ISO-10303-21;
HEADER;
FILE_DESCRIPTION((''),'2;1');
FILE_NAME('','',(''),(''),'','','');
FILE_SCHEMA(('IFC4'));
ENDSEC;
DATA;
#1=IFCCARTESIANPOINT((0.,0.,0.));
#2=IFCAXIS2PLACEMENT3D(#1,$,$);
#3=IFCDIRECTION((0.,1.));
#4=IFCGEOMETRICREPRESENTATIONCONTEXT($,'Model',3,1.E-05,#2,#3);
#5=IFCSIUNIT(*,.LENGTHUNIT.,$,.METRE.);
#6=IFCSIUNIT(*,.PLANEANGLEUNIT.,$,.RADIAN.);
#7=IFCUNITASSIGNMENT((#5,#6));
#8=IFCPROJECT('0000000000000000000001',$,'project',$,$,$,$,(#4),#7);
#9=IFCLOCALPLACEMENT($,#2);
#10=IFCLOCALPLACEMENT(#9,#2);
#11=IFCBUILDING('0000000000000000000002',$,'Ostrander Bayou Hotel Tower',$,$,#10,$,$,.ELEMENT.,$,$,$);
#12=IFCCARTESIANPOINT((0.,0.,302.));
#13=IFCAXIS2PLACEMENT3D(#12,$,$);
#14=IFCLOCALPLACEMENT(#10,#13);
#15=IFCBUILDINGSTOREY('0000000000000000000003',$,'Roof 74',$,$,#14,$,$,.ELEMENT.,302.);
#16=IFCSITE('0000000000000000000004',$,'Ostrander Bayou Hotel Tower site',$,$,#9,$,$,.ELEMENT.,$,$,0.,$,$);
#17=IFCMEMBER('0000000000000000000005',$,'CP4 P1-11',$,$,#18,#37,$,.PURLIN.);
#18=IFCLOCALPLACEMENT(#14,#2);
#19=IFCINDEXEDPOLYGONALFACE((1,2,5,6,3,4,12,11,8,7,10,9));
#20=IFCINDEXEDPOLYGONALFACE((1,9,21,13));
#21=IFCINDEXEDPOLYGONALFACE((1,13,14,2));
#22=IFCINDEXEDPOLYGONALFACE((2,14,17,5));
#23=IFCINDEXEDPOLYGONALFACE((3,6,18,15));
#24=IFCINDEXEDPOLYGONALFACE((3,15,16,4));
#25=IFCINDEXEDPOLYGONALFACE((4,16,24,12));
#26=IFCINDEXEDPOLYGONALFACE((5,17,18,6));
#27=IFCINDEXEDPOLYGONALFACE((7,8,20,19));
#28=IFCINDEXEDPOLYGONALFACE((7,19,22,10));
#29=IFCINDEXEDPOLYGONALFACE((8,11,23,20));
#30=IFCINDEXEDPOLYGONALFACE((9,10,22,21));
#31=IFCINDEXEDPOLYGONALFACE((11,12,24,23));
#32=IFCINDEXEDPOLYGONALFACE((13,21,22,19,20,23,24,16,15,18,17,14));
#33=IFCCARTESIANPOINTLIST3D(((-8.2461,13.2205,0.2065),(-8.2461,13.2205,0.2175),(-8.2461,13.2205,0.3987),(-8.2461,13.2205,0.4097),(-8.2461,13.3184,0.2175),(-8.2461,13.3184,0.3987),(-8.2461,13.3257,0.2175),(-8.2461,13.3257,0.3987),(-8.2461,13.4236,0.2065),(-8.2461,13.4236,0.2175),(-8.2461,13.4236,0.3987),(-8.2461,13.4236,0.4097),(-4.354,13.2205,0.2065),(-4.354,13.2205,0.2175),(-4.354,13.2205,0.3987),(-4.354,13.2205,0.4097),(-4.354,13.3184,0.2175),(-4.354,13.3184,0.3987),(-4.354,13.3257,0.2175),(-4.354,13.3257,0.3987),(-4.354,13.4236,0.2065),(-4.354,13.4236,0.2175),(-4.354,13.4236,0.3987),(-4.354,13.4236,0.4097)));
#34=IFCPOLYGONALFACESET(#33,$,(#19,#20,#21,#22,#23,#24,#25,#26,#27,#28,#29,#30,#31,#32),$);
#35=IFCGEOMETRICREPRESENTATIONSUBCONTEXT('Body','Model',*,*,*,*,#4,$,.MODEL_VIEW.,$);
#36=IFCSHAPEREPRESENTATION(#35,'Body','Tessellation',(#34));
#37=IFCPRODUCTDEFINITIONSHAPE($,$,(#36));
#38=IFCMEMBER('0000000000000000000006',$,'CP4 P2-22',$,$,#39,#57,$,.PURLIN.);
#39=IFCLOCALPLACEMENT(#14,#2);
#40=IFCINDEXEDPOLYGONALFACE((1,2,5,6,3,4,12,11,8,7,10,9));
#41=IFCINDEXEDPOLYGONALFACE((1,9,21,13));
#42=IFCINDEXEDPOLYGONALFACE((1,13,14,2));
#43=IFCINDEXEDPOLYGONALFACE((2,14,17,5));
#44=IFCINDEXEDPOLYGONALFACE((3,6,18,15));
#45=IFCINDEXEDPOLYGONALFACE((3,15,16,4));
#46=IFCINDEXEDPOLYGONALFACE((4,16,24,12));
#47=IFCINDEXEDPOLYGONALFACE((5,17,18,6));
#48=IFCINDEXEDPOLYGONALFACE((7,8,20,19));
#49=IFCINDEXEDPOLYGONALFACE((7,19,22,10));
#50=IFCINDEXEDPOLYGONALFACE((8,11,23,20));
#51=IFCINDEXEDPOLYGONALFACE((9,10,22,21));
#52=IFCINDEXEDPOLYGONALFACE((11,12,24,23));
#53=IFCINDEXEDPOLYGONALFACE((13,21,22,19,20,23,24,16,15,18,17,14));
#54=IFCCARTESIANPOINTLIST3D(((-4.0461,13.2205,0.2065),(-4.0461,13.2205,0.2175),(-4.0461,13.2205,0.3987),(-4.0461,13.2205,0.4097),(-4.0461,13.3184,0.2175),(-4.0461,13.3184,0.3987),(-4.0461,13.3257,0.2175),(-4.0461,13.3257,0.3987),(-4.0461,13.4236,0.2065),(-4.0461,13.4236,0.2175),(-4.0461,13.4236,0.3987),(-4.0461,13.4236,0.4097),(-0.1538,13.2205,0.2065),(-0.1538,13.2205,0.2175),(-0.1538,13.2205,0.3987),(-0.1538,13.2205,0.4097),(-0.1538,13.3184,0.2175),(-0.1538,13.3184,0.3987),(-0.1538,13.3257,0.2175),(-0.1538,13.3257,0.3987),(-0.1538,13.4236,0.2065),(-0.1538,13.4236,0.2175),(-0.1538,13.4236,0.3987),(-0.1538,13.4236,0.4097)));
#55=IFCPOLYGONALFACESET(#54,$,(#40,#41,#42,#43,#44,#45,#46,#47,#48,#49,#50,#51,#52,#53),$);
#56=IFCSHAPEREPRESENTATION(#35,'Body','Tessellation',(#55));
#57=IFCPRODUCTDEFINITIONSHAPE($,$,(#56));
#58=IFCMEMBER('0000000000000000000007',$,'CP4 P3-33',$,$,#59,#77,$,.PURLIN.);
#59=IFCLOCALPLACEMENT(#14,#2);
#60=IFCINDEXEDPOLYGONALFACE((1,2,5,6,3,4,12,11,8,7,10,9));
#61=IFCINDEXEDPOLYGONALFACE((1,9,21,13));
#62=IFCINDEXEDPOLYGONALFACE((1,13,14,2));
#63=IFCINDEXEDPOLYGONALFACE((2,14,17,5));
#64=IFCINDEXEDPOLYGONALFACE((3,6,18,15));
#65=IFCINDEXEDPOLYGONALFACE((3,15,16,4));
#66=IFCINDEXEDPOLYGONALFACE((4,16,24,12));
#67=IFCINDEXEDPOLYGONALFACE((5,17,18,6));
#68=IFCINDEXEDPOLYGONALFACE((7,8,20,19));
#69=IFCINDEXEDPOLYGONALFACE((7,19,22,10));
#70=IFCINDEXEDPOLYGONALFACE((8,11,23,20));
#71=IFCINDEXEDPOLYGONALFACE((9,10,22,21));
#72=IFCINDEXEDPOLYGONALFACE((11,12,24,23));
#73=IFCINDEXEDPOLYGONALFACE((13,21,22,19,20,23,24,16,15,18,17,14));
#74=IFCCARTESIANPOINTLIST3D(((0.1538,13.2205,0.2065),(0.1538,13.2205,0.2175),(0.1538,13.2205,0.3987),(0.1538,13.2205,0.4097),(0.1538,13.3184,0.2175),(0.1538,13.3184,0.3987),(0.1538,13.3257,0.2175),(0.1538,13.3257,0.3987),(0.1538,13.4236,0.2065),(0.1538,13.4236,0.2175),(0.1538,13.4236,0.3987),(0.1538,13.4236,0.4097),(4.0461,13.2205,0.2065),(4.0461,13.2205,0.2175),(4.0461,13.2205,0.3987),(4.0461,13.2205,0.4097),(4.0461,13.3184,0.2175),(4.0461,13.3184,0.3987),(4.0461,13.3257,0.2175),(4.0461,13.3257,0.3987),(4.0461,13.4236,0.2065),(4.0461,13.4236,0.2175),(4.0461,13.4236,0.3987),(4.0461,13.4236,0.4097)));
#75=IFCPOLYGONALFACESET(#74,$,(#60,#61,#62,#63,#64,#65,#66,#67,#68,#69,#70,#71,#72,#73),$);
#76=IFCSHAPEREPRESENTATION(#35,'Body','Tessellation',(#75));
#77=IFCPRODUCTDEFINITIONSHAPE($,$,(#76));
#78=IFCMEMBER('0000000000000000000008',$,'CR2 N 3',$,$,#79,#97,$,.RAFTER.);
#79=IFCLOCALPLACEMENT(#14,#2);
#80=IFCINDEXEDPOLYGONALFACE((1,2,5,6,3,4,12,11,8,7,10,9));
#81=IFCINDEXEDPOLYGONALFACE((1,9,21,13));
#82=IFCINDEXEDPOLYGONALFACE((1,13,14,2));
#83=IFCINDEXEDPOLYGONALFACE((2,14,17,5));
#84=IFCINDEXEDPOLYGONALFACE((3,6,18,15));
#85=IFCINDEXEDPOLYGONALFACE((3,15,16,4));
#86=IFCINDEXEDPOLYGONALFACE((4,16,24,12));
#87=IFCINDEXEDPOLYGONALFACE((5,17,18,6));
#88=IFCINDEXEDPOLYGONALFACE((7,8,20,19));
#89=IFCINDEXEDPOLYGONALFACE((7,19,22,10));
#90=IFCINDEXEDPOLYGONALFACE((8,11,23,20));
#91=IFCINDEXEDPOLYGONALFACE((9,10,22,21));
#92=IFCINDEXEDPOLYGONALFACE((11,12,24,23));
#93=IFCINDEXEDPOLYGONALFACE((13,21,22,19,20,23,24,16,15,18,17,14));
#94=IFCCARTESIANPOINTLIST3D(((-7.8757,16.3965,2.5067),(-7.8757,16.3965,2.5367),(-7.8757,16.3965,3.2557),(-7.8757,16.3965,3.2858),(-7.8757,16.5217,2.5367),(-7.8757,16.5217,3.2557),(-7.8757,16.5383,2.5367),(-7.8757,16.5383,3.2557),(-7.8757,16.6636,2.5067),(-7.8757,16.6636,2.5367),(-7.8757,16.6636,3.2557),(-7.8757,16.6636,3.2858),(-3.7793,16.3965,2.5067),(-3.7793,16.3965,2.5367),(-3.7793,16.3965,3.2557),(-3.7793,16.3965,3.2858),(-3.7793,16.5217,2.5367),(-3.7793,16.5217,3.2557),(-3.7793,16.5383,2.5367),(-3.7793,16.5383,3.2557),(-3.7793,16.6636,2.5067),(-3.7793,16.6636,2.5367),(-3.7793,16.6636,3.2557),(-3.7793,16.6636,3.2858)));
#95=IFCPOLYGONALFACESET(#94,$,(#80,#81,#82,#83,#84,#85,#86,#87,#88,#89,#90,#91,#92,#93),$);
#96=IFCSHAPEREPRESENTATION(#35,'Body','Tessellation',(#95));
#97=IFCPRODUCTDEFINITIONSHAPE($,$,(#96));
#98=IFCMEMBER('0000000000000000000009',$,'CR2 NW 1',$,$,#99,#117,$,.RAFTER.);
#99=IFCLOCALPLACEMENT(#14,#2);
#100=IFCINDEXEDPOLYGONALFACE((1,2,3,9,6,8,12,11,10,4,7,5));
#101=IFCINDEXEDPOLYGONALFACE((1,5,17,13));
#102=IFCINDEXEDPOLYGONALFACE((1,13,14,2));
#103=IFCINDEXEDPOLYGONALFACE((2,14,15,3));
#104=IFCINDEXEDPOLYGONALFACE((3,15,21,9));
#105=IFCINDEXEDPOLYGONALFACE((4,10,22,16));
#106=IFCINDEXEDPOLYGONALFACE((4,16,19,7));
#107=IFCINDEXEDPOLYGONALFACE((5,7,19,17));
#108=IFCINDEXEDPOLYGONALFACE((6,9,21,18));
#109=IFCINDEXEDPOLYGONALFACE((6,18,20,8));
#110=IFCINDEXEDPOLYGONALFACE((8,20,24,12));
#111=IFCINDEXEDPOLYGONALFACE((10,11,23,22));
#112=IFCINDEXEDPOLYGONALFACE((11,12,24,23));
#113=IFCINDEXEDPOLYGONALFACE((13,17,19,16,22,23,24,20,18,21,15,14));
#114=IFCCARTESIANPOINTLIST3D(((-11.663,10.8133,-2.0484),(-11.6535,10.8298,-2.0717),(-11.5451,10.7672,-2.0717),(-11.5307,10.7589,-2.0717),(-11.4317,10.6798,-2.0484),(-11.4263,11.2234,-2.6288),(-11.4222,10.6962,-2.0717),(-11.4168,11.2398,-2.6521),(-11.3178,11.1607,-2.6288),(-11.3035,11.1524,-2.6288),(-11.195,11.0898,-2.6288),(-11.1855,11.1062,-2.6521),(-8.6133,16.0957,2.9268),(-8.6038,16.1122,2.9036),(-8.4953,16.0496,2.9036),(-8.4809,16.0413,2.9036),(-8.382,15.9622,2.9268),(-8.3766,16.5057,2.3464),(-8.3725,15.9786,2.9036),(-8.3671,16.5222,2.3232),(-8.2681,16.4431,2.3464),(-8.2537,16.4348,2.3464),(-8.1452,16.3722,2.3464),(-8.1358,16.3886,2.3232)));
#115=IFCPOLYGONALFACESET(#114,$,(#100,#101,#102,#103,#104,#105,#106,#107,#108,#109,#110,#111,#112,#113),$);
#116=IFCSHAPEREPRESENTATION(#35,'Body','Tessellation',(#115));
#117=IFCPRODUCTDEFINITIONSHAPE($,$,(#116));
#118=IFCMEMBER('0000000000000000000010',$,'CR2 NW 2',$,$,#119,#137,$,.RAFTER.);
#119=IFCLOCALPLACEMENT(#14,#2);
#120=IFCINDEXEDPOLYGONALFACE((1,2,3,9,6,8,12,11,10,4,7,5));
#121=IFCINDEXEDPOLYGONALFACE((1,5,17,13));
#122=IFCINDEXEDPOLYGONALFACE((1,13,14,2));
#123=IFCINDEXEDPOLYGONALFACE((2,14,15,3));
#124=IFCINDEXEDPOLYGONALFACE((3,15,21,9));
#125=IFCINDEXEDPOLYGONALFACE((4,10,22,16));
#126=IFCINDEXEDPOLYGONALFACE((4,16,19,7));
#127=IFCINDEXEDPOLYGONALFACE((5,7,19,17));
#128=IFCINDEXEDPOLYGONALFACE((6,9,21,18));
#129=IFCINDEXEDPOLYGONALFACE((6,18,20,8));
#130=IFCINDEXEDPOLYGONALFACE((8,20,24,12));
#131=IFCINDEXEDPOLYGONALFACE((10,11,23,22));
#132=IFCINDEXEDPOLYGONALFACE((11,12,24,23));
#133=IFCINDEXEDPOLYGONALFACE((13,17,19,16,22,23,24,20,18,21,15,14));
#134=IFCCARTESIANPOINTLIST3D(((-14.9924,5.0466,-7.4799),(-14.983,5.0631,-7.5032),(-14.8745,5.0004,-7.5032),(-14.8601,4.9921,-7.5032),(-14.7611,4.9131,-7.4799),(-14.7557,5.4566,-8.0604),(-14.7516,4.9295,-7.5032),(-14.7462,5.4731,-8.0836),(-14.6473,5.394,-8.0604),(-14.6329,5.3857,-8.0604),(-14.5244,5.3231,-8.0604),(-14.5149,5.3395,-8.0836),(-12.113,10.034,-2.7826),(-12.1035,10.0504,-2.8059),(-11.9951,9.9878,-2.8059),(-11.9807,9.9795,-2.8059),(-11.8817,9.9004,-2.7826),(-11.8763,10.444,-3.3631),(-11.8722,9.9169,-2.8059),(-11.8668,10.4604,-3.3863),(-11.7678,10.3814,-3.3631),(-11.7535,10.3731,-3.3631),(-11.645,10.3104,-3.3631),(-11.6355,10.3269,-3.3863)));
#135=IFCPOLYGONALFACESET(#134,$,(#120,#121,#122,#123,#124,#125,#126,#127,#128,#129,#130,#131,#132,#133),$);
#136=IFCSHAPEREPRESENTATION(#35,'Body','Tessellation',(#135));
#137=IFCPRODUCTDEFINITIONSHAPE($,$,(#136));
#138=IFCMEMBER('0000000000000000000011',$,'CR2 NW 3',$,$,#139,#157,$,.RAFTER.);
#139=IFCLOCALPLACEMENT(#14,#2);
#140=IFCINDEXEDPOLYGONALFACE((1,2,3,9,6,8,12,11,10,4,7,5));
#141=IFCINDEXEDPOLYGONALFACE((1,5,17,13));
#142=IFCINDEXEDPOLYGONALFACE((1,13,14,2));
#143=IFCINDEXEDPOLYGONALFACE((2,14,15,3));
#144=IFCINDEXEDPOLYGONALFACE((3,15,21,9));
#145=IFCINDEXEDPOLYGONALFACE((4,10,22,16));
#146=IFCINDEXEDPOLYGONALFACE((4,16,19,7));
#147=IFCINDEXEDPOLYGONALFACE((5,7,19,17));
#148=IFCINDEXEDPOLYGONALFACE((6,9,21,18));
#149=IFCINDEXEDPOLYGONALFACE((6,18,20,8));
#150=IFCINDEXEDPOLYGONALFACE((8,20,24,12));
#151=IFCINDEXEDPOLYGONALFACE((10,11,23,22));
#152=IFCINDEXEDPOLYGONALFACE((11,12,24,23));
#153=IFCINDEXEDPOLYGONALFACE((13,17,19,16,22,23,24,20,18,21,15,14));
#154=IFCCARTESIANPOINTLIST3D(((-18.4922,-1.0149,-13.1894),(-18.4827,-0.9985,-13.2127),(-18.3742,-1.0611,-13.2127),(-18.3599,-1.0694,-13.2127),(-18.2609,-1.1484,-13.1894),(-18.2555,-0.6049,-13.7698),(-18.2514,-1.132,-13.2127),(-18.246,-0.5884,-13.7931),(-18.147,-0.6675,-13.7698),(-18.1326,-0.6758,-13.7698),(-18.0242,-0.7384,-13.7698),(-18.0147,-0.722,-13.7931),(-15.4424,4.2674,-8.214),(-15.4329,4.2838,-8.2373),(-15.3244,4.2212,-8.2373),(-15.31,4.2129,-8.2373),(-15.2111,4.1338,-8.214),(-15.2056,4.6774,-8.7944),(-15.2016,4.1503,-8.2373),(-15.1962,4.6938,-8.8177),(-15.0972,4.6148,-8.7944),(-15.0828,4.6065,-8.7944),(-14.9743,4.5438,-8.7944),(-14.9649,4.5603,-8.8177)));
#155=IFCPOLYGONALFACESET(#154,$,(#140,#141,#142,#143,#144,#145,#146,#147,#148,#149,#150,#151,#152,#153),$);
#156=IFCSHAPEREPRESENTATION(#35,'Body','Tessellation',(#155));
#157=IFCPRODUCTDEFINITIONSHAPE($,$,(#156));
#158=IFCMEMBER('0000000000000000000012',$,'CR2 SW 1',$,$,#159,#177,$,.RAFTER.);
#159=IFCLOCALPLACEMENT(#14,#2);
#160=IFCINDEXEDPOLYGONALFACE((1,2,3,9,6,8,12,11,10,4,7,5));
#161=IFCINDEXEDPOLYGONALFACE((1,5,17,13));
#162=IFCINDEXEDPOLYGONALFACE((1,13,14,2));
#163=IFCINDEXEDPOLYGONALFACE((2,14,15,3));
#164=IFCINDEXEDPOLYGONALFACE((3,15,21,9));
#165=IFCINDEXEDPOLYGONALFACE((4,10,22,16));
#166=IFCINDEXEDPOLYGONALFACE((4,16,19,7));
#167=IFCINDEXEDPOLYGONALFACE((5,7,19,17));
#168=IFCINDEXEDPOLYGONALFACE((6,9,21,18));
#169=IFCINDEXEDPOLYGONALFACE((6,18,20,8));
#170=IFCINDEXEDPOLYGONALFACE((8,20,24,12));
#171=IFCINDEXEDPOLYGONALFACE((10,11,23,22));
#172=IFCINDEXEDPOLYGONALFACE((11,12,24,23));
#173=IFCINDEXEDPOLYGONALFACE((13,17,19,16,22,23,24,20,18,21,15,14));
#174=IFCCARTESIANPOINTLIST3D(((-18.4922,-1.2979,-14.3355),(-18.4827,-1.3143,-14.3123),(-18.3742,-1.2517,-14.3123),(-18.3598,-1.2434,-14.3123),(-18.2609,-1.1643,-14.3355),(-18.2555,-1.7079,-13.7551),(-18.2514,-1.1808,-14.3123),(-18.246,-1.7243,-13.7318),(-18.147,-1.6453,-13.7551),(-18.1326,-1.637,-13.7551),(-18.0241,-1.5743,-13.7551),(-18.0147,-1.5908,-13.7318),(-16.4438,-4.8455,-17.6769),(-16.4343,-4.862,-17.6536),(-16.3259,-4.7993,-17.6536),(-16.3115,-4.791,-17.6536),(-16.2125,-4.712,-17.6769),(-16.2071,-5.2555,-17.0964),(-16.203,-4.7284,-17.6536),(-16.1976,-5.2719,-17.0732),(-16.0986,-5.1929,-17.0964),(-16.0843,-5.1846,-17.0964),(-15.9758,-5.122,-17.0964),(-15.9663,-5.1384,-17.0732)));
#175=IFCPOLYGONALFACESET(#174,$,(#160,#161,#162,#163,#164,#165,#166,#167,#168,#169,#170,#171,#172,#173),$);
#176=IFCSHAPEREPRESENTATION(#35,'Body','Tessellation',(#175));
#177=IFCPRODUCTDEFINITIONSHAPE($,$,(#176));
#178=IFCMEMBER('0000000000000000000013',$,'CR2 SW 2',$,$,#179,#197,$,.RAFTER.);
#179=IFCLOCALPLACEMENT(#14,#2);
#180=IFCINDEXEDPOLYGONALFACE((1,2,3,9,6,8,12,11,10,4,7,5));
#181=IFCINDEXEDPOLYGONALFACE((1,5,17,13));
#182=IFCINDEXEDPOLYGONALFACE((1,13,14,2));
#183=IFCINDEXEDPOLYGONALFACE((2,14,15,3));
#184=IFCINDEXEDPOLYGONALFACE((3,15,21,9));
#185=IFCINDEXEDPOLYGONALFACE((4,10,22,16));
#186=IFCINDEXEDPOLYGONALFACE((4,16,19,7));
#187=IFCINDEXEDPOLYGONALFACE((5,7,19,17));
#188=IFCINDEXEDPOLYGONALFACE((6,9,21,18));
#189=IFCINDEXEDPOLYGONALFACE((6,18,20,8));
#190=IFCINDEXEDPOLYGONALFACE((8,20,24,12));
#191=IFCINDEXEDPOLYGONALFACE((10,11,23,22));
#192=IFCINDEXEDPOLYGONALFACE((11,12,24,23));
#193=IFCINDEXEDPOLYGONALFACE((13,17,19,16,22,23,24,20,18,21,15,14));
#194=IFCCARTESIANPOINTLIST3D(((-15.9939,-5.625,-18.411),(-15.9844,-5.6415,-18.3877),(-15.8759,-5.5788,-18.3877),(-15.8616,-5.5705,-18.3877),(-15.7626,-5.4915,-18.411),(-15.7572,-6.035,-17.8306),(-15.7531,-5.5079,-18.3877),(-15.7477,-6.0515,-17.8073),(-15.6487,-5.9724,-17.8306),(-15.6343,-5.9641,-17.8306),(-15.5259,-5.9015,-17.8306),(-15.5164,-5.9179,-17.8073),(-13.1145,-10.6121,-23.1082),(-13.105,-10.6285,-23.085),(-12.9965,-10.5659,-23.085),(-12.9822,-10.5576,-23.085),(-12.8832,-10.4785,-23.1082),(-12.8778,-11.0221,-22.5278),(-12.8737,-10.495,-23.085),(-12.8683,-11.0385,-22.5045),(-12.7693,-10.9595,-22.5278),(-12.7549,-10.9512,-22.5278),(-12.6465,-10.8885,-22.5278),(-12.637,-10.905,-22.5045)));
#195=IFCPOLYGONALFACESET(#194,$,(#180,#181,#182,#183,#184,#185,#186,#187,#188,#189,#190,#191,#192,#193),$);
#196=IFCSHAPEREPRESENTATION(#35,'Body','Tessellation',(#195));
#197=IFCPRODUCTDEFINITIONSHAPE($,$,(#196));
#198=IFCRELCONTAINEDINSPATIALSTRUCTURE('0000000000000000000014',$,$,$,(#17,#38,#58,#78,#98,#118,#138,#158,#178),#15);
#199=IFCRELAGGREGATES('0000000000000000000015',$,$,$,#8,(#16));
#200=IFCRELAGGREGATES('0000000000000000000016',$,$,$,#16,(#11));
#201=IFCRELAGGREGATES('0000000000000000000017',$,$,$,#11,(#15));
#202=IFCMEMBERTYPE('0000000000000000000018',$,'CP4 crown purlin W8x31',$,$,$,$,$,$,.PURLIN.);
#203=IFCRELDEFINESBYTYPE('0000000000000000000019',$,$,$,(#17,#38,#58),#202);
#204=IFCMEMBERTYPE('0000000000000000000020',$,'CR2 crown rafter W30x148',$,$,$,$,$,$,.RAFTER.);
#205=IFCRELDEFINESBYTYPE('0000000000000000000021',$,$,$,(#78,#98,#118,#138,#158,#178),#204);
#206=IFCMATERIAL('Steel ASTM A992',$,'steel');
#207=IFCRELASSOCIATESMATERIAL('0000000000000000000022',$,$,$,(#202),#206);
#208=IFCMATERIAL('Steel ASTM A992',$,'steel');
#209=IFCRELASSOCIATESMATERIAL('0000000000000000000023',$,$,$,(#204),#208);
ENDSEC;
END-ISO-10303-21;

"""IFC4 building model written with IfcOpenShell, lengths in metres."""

from ifc_helpers import new_model, si_unit, direction, frame, origin, origin_2d, place, context, subcontext, project, spatial, i_section, extrude, material, material_profile, profile_set, type_object, element, save


model = new_model("IFC4")

# Units and contexts
model_context = context("Model", 3, precision=1e-05, world=origin(), true_north=direction((0.0, 1.0)))
body_context = subcontext(model_context, "Body", "Model", "MODEL_VIEW")
ifc_project = project(units=[si_unit("LENGTHUNIT", "METRE"), si_unit("PLANEANGLEUNIT", "RADIAN")], contexts=[model_context])

# Site, building, storey
site_placement = place(None, origin())
site = spatial("IfcSite", under=ifc_project, at=site_placement, Name="Ostrander Bayou Hotel Tower site", CompositionType="ELEMENT", RefElevation=0.0)
building_placement = place(site_placement, origin())
building = spatial("IfcBuilding", under=site, at=building_placement, Name="Ostrander Bayou Hotel Tower", CompositionType="ELEMENT")
storey_placement = place(building_placement, frame((0.0, 0.0, 302.0)))
storey = spatial("IfcBuildingStorey", under=building, at=storey_placement, Name="Roof 74", CompositionType="ELEMENT", Elevation=302.0)

# Members
ifc_material_1 = material(Name="Steel ASTM A992", Category="steel")
ifc_material_profile_1 = material_profile(ifc_material_1, i_section(OverallWidth=0.2031, OverallDepth=0.2031, WebThickness=0.0073, FlangeThickness=0.011, at=origin_2d()))
ifc_profile_set_1 = profile_set([ifc_material_profile_1], Name="Steel ASTM A992")
member_type_1 = type_object("IfcMemberType", Name="CP4 crown purlin W8x31", PredefinedType="PURLIN", material=ifc_profile_set_1)
member_1_placement = place(storey_placement, frame((-8.2461, 13.322, 0.3081), z_axis=(1.0, 0.0, 0.0), x_axis=(0.0, 1.0, 0.0)))
element("IfcMember", 1, at=member_1_placement, inside=storey, type_object=member_type_1, Name="CP4 P1-11", PredefinedType="PURLIN", context=body_context, shape_type="SweptSolid", body=[
    extrude(i_section(OverallWidth=0.2031, OverallDepth=0.2031, WebThickness=0.0073, FlangeThickness=0.011, at=origin_2d()), origin(), (0.0, 0.0, 1.0), 3.8921),
])
for number, where, z_axis, x_axis, name in (
    (2, (-4.0461, 13.322, 0.3081), (1.0, 0.0, 0.0), (0.0, 1.0, 0.0), "CP4 P2-22"),
    (3, (0.1538, 13.322, 0.3081), (1.0, 0.0, 0.0), (0.0, 1.0, 0.0), "CP4 P3-33"),
):
    element("IfcMember", number, at=place(storey_placement, frame(where, z_axis=z_axis, x_axis=x_axis)), inside=storey, type_object=member_type_1, Name=name, PredefinedType="PURLIN", context=body_context, shape_type="SweptSolid", body=[
        extrude(i_section(OverallWidth=0.2031, OverallDepth=0.2031, WebThickness=0.0073, FlangeThickness=0.011, at=origin_2d()), origin(), (0.0, 0.0, 1.0), 3.8923),
    ])
ifc_material_2 = material(Name="Steel ASTM A992", Category="steel")
ifc_material_profile_2 = material_profile(ifc_material_2, i_section(OverallWidth=0.2671, OverallDepth=0.7791, WebThickness=0.0166, FlangeThickness=0.03, at=origin_2d()))
ifc_profile_set_2 = profile_set([ifc_material_profile_2], Name="Steel ASTM A992")
member_type_2 = type_object("IfcMemberType", Name="CR2 crown rafter W30x148", PredefinedType="RAFTER", material=ifc_profile_set_2)
member_2_placement = place(storey_placement, frame((-3.7793, 16.53, 2.8962), z_axis=(-1.0, 0.0, 0.0), x_axis=(0.0, -1.0, 0.0)))
element("IfcMember", 4, at=member_2_placement, inside=storey, type_object=member_type_2, Name="CR2 N 3", PredefinedType="RAFTER", context=body_context, shape_type="SweptSolid", body=[
    extrude(i_section(OverallWidth=0.2671, OverallDepth=0.7791, WebThickness=0.0166, FlangeThickness=0.03, at=origin_2d()), origin(), (0.0, 0.0, 1.0), 4.0964),
])
member_3_placement = place(storey_placement, frame((-8.3745, 16.2422, 2.625), z_axis=(-0.387451, -0.671092, -0.632074), x_axis=(0.866028, -0.499996, 0.0)))
element("IfcMember", 5, at=member_3_placement, inside=storey, type_object=member_type_2, Name="CR2 NW 1", PredefinedType="RAFTER", context=body_context, shape_type="SweptSolid", body=[
    extrude(i_section(OverallWidth=0.2671, OverallDepth=0.7791, WebThickness=0.0166, FlangeThickness=0.03, at=origin_2d()), origin(), (0.0, 0.0, 1.0), 7.8713),
])
member_4_placement = place(storey_placement, frame((-11.8743, 10.1804, -3.0845), z_axis=(-0.387454, -0.671096, -0.632068), x_axis=(0.866027, -0.499996, 0.0)))
element("IfcMember", 6, at=member_4_placement, inside=storey, type_object=member_type_2, Name="CR2 NW 2", PredefinedType="RAFTER", context=body_context, shape_type="SweptSolid", body=[
    extrude(i_section(OverallWidth=0.2671, OverallDepth=0.7791, WebThickness=0.0166, FlangeThickness=0.03, at=origin_2d()), origin(), (0.0, 0.0, 1.0), 7.4316),
])
member_5_placement = place(storey_placement, frame((-15.2036, 4.4138, -8.5159), z_axis=(-0.387459, -0.671075, -0.632087), x_axis=(0.866018, -0.500013, 0.0)))
element("IfcMember", 7, at=member_5_placement, inside=storey, type_object=member_type_2, Name="CR2 NW 3", PredefinedType="RAFTER", context=body_context, shape_type="SweptSolid", body=[
    extrude(i_section(OverallWidth=0.2671, OverallDepth=0.7791, WebThickness=0.0166, FlangeThickness=0.03, at=origin_2d()), origin(), (0.0, 0.0, 1.0), 7.8713),
])
member_6_placement = place(storey_placement, frame((-18.2534, -1.4443, -14.0337), z_axis=(0.387477, -0.671088, -0.632063), x_axis=(0.866012, 0.500023, 0.0)))
element("IfcMember", 8, at=member_6_placement, inside=storey, type_object=member_type_2, Name="CR2 SW 1", PredefinedType="RAFTER", context=body_context, shape_type="SweptSolid", body=[
    extrude(i_section(OverallWidth=0.2671, OverallDepth=0.7791, WebThickness=0.0166, FlangeThickness=0.03, at=origin_2d()), origin(), (0.0, 0.0, 1.0), 5.2864),
])
member_7_placement = place(storey_placement, frame((-15.7551, -5.7715, -18.1091), z_axis=(0.387462, -0.671078, -0.632082), x_axis=(0.866017, 0.500015, 0.0)))
element("IfcMember", 9, at=member_7_placement, inside=storey, type_object=member_type_2, Name="CR2 SW 2", PredefinedType="RAFTER", context=body_context, shape_type="SweptSolid", body=[
    extrude(i_section(OverallWidth=0.2671, OverallDepth=0.7791, WebThickness=0.0166, FlangeThickness=0.03, at=origin_2d()), origin(), (0.0, 0.0, 1.0), 7.4314),
])

save(model, "model.ifc")
